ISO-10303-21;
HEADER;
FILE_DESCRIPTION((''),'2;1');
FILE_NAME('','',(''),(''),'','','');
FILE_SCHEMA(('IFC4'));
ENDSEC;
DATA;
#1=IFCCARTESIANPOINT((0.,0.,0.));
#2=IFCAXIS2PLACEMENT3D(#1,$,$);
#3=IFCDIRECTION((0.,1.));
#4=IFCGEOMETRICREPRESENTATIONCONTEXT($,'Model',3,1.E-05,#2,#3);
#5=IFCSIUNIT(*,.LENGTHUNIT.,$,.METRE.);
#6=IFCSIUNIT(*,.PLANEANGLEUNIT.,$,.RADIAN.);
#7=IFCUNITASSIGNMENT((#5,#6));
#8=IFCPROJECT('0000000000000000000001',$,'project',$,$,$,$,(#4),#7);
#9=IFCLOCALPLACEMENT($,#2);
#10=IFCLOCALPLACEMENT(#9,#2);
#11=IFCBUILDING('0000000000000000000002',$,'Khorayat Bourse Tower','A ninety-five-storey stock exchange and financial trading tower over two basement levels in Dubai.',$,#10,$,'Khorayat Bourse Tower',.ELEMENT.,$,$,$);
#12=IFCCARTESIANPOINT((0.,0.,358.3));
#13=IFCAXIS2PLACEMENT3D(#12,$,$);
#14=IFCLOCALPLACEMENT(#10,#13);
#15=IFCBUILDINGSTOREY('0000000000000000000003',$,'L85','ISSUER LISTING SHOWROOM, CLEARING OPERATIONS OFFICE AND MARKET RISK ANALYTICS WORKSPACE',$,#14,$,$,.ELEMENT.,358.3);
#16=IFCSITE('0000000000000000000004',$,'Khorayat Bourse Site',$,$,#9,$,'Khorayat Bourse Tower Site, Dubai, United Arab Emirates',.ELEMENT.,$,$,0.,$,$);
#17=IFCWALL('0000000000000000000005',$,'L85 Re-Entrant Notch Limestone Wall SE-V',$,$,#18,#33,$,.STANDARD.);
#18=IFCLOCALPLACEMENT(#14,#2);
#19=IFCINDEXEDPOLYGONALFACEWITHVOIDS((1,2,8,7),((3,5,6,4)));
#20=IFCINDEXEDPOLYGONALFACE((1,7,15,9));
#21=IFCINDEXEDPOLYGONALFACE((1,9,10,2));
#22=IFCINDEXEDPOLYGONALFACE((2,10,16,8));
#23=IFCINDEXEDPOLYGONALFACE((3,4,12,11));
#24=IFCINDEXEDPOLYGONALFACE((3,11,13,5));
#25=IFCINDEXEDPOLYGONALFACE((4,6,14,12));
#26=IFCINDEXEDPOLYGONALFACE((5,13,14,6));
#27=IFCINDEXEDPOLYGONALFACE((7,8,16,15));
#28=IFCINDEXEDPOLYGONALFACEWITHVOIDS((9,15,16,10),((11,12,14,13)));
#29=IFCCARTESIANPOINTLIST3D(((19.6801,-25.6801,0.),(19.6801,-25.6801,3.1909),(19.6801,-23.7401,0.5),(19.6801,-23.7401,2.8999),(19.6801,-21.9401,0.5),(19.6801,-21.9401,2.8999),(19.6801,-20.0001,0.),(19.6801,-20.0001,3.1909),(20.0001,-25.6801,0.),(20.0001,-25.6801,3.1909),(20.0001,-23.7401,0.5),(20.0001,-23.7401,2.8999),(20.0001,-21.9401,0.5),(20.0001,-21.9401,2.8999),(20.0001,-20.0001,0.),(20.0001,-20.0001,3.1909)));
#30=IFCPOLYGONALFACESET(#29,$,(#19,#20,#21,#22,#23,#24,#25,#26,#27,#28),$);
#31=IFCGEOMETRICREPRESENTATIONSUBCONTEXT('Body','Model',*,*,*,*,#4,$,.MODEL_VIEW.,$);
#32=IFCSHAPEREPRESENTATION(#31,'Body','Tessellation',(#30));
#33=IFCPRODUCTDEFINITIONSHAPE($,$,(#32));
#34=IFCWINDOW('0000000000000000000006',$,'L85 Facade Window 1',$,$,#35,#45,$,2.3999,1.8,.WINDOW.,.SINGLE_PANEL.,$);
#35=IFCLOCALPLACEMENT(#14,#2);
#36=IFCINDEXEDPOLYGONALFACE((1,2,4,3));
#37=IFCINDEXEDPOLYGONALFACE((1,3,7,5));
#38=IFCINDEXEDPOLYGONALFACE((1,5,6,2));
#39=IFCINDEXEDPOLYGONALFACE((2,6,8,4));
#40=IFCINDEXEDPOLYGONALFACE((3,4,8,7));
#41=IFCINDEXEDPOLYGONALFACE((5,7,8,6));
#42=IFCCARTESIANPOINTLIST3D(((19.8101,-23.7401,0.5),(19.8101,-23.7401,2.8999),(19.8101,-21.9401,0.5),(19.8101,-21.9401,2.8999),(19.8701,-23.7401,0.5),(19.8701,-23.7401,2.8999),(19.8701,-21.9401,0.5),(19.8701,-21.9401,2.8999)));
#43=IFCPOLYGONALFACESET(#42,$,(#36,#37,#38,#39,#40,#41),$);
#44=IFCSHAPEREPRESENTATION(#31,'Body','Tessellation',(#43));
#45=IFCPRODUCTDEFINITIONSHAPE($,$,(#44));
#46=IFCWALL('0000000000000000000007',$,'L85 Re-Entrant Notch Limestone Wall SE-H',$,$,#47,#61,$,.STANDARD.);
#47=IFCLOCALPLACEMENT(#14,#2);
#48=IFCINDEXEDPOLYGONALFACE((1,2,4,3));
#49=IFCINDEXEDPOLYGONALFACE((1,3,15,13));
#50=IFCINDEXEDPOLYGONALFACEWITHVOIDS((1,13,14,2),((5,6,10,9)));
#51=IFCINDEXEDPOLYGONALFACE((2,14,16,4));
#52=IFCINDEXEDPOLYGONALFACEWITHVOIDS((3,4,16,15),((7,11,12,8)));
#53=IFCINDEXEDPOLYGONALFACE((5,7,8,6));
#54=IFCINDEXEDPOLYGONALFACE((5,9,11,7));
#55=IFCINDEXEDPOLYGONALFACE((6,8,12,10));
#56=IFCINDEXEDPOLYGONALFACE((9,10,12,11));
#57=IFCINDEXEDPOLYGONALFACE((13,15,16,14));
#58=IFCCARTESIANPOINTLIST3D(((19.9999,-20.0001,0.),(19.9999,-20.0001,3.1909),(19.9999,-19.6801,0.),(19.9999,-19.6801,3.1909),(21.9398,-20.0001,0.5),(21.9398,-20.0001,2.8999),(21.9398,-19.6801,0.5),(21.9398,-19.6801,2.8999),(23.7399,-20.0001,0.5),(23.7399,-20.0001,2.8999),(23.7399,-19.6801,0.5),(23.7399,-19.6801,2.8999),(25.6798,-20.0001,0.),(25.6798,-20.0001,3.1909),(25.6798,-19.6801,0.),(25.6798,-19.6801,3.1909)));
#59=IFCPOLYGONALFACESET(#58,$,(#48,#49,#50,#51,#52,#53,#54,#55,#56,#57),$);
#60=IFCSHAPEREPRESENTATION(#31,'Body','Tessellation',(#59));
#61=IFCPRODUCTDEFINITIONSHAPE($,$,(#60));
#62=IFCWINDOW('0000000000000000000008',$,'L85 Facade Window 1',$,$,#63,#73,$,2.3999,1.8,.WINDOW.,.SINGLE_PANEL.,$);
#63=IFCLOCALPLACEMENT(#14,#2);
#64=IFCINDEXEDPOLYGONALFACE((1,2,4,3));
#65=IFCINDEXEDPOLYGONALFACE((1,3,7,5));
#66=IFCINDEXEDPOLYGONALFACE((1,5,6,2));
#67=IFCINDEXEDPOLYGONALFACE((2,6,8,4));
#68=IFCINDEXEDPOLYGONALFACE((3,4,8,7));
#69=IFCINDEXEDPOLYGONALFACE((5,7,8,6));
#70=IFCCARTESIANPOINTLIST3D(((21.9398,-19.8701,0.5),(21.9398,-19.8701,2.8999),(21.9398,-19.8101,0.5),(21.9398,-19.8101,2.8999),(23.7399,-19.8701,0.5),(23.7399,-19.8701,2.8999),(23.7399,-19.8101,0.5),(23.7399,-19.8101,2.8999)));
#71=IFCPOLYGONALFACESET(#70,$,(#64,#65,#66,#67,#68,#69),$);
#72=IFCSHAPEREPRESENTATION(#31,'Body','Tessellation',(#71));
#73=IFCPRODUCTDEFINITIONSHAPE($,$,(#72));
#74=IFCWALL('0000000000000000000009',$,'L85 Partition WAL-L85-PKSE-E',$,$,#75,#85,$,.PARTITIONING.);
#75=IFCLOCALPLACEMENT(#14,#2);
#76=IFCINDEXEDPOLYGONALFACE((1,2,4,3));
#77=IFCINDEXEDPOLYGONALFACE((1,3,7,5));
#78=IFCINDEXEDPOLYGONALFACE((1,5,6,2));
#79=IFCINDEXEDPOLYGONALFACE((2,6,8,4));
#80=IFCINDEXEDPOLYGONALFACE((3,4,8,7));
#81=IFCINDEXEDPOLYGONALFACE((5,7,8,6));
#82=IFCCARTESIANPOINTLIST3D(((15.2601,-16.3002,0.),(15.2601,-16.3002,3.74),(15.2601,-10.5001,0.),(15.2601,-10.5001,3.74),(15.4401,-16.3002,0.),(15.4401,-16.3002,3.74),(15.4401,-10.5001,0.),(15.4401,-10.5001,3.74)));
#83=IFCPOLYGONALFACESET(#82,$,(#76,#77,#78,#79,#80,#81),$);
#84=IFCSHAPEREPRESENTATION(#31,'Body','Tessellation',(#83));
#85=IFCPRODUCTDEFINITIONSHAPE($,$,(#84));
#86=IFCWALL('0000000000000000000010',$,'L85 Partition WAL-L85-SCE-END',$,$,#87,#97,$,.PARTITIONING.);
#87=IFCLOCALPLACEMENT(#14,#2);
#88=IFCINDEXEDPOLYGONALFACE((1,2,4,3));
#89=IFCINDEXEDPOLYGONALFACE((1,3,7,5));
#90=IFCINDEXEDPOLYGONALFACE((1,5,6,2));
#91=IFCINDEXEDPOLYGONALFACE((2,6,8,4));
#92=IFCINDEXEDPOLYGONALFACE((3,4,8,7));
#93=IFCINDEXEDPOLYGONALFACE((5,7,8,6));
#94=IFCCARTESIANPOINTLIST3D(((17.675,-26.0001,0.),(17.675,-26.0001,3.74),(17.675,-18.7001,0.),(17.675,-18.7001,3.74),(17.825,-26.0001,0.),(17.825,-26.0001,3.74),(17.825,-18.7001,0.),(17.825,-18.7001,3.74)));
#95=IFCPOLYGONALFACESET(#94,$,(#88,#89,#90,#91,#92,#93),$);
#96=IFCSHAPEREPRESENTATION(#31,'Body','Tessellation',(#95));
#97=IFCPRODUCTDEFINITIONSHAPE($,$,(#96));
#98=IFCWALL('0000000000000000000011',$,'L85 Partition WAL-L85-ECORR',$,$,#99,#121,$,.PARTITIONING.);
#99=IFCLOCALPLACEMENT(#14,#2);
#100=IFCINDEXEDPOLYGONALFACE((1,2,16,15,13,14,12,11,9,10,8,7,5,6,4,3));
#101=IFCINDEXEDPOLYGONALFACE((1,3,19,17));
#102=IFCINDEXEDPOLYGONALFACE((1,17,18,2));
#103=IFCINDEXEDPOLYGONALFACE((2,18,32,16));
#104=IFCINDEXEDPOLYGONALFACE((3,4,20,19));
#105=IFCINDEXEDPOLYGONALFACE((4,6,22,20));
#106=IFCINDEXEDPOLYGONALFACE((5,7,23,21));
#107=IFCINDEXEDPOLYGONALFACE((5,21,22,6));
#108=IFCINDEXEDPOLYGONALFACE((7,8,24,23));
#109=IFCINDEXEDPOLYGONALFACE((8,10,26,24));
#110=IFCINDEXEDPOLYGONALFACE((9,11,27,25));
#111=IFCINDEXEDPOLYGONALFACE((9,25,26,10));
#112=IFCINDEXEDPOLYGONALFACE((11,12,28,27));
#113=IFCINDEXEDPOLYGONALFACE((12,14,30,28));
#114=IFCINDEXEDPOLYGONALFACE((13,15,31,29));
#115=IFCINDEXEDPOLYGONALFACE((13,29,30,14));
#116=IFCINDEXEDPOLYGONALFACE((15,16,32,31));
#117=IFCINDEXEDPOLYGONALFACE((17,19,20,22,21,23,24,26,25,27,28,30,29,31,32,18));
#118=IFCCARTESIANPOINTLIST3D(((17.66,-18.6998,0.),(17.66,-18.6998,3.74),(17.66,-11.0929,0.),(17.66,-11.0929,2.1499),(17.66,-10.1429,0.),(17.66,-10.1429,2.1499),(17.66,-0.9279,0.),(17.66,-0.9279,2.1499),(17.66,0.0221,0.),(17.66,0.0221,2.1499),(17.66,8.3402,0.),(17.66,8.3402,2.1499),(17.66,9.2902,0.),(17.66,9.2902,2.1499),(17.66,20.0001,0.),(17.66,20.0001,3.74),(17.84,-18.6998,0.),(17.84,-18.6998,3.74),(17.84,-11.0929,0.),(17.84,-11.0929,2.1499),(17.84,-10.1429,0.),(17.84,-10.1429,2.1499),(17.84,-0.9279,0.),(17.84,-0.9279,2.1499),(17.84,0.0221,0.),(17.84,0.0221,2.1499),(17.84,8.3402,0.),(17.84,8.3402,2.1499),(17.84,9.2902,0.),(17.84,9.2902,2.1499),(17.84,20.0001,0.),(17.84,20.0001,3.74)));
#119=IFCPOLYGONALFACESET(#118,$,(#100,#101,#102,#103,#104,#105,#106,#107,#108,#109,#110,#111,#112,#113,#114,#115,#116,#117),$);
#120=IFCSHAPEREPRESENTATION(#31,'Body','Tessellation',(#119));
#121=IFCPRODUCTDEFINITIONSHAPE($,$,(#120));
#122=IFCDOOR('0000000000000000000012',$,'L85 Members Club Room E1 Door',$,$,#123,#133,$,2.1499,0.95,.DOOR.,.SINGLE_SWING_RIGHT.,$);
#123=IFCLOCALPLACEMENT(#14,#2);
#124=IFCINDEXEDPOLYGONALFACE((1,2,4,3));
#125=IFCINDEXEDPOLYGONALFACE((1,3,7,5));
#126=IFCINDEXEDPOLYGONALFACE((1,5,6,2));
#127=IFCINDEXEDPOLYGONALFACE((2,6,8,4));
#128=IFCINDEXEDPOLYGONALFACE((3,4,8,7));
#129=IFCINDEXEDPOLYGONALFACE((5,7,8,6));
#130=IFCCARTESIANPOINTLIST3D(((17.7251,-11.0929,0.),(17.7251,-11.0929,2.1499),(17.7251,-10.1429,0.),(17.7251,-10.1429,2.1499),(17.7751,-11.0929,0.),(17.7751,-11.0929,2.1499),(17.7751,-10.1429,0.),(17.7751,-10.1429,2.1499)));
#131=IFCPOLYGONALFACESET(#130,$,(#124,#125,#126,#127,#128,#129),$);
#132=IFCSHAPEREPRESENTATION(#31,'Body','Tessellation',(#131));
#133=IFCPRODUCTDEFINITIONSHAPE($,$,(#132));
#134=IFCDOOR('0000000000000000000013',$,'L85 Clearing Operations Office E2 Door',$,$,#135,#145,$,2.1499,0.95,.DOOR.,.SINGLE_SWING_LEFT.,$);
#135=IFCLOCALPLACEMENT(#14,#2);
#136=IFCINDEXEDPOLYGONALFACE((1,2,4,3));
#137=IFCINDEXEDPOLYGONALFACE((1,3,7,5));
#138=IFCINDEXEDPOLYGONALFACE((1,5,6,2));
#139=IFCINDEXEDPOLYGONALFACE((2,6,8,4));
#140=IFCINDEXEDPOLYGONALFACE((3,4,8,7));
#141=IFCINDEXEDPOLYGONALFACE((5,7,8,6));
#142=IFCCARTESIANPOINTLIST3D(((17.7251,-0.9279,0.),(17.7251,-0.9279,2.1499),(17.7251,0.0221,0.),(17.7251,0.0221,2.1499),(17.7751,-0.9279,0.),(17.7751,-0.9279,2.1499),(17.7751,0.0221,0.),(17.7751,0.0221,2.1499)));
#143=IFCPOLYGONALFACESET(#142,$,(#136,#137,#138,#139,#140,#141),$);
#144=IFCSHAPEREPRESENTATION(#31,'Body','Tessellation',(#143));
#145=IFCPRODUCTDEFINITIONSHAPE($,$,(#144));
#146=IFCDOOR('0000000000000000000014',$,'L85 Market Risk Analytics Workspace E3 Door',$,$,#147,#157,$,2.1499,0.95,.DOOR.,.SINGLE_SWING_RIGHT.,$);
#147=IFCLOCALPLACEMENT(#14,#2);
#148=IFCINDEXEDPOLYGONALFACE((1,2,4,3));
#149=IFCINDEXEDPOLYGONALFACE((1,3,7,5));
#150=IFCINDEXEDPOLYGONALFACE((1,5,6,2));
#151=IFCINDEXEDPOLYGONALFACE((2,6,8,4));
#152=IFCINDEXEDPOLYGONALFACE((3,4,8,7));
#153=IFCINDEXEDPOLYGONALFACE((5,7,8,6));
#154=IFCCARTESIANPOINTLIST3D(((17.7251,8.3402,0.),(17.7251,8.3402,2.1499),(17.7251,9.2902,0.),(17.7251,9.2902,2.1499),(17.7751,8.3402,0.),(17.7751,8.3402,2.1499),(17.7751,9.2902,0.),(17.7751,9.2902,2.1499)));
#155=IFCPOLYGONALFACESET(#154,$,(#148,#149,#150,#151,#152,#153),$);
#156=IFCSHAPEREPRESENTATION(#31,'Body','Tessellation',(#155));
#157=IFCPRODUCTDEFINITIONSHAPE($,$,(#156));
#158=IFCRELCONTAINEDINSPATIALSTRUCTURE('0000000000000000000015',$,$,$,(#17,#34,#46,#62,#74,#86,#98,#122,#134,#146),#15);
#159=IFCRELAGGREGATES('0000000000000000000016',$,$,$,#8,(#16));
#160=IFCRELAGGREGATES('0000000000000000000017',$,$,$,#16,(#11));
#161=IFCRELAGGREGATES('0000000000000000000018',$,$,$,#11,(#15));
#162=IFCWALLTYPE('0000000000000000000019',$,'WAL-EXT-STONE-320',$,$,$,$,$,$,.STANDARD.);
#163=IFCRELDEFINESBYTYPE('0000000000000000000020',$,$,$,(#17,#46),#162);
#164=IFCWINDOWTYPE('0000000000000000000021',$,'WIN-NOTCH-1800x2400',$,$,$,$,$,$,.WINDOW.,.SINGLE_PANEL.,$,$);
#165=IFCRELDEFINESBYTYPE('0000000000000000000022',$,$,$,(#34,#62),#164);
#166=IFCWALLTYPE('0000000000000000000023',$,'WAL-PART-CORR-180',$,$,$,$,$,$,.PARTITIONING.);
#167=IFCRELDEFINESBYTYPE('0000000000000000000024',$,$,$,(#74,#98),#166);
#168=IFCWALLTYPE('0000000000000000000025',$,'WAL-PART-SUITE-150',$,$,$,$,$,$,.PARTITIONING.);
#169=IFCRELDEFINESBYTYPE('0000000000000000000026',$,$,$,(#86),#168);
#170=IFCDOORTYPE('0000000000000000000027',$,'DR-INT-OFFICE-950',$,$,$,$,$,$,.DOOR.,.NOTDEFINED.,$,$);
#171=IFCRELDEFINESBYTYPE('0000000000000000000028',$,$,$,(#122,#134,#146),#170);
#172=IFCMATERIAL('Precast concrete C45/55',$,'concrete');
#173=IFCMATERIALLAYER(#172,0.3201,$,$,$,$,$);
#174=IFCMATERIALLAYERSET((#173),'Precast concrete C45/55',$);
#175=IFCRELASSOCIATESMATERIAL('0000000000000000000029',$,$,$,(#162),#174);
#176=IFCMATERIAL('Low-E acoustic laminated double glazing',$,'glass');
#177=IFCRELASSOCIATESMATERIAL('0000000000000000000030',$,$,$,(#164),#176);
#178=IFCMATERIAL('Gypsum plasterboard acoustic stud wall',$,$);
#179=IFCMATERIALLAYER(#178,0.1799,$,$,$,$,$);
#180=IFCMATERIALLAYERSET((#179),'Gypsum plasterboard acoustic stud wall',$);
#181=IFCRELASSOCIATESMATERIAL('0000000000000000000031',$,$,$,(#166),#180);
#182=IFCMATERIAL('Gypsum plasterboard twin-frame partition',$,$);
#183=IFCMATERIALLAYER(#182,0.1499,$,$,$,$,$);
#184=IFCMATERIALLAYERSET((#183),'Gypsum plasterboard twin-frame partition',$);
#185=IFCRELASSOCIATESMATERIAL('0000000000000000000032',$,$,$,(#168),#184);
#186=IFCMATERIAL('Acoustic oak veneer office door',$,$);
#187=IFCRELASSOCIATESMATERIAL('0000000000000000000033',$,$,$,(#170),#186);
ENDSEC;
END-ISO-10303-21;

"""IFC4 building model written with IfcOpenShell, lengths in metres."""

from ifc_helpers import new_model, si_unit, direction, frame, frame_2d, origin, place, context, subcontext, project, spatial, rectangle, extrude, source, transform, mapped, material, layer, layer_set, type_object, element, fill, save


model = new_model("IFC4")

# Units and contexts
model_context = context("Model", 3, precision=1e-05, world=origin(), true_north=direction((0.0, 1.0)))
body_context = subcontext(model_context, "Body", "Model", "MODEL_VIEW")
ifc_project = project(units=[si_unit("LENGTHUNIT", "METRE"), si_unit("PLANEANGLEUNIT", "RADIAN")], contexts=[model_context])

# Site, building, storey
site_placement = place(None, origin())
site = spatial("IfcSite", under=ifc_project, at=site_placement, Name="Khorayat Bourse Site", LongName="Khorayat Bourse Tower Site, Dubai, United Arab Emirates", CompositionType="ELEMENT", RefElevation=0.0)
building_placement = place(site_placement, origin())
building = spatial("IfcBuilding", under=site, at=building_placement, Name="Khorayat Bourse Tower", Description="A ninety-five-storey stock exchange and financial trading tower over two basement levels in Dubai.", LongName="Khorayat Bourse Tower", CompositionType="ELEMENT")
storey_placement = place(building_placement, frame((0.0, 0.0, 358.3)))
storey = spatial("IfcBuildingStorey", under=building, at=storey_placement, Name="L85", Description="ISSUER LISTING SHOWROOM, CLEARING OPERATIONS OFFICE AND MARKET RISK ANALYTICS WORKSPACE", CompositionType="ELEMENT", Elevation=358.3)

# Walls, openings, windows
ifc_material_1 = material(Name="Precast concrete C45/55", Category="concrete")
ifc_layer_1 = layer(ifc_material_1, 0.3201)
ifc_layer_set_1 = layer_set([ifc_layer_1], Name="Precast concrete C45/55")
wall_type_1 = type_object("IfcWallType", Name="WAL-EXT-STONE-320", PredefinedType="STANDARD", material=ifc_layer_set_1)
shared_shape_1 = source(origin(), body_context, "Body", "SweptSolid", [
    extrude(rectangle(XDim=5.6799, YDim=0.3201, at=frame_2d((2.8398, 0.0))), origin(), (0.0, 0.0, 1.0), 3.1909),
])
wall_1_placement = place(storey_placement, frame((19.8401, -25.6799, 0.0), z_axis=(0.0, 0.0, 1.0), x_axis=(0.0, 1.0, 0.0)))
wall_1 = element("IfcWall", 1, at=wall_1_placement, inside=storey, type_object=wall_type_1, Name="L85 Re-Entrant Notch Limestone Wall SE-V", PredefinedType="STANDARD", context=body_context, shape_type="MappedRepresentation", body=[
    mapped(shared_shape_1, transform((0.0, 0.0, 0.0), scale=1.0)),
])
shared_shape_2 = source(origin(), body_context, "Body", "SweptSolid", [
    extrude(rectangle(XDim=1.8, YDim=2.3999, at=frame_2d((0.8999, 1.2))), frame((0.0, 0.1699, 0.0), z_axis=(0.0, -1.0, 0.0), x_axis=(1.0, 0.0, 0.0)), (0.0, 0.0, 1.0), 0.3401),
])
opening_1_placement = place(wall_1_placement, frame((1.9399, 0.0, 0.5)))
opening_1 = element("IfcOpeningElement", 2, at=opening_1_placement, cuts=wall_1, PredefinedType="OPENING", context=body_context, shape_type="MappedRepresentation", body=[
    mapped(shared_shape_2, transform((0.0, 0.0, 0.0), scale=1.0)),
])
ifc_material_2 = material(Name="Low-E acoustic laminated double glazing", Category="glass")
window_type = type_object("IfcWindowType", Name="WIN-NOTCH-1800x2400", PartitioningType="SINGLE_PANEL", PredefinedType="WINDOW", material=ifc_material_2)
shared_shape_3 = source(origin(), body_context, "Body", "SweptSolid", [
    extrude(rectangle(XDim=1.8, YDim=2.3999, at=frame_2d((0.8999, 1.2))), frame((0.0, 0.03, 0.0), z_axis=(0.0, -1.0, 0.0), x_axis=(1.0, 0.0, 0.0)), (0.0, 0.0, 1.0), 0.0601),
])
window_1_placement = place(opening_1_placement, origin())
window_1 = element("IfcWindow", 3, at=window_1_placement, inside=storey, type_object=window_type, Name="L85 Facade Window 1", OverallHeight=2.3999, OverallWidth=1.8, PartitioningType="SINGLE_PANEL", PredefinedType="WINDOW", context=body_context, shape_type="MappedRepresentation", body=[
    mapped(shared_shape_3, transform((0.0, 0.0, 0.0), scale=1.0)),
])
fill(opening_1, window_1)
wall_2_placement = place(storey_placement, frame((20.0, -19.8401, 0.0), z_axis=(0.0, 0.0, 1.0), x_axis=(1.0, 0.0, 0.0)))
wall_2 = element("IfcWall", 4, at=wall_2_placement, inside=storey, type_object=wall_type_1, Name="L85 Re-Entrant Notch Limestone Wall SE-H", PredefinedType="STANDARD", context=body_context, shape_type="MappedRepresentation", body=[
    mapped(shared_shape_1, transform((0.0, 0.0, 0.0), scale=1.0)),
])
opening_2_placement = place(wall_2_placement, frame((1.9399, 0.0, 0.5)))
opening_2 = element("IfcOpeningElement", 5, at=opening_2_placement, cuts=wall_2, PredefinedType="OPENING", context=body_context, shape_type="MappedRepresentation", body=[
    mapped(shared_shape_2, transform((0.0, 0.0, 0.0), scale=1.0)),
])
window_2_placement = place(opening_2_placement, origin())
window_2 = element("IfcWindow", 6, at=window_2_placement, inside=storey, type_object=window_type, Name="L85 Facade Window 1", OverallHeight=2.3999, OverallWidth=1.8, PartitioningType="SINGLE_PANEL", PredefinedType="WINDOW", context=body_context, shape_type="MappedRepresentation", body=[
    mapped(shared_shape_3, transform((0.0, 0.0, 0.0), scale=1.0)),
])
fill(opening_2, window_2)

# Walls
ifc_material_3 = material(Name="Gypsum plasterboard acoustic stud wall")
ifc_layer_2 = layer(ifc_material_3, 0.1799)
ifc_layer_set_2 = layer_set([ifc_layer_2], Name="Gypsum plasterboard acoustic stud wall")
wall_type_2 = type_object("IfcWallType", Name="WAL-PART-CORR-180", PredefinedType="PARTITIONING", material=ifc_layer_set_2)
shared_shape_4 = source(origin(), body_context, "Body", "SweptSolid", [
    extrude(rectangle(XDim=5.8, YDim=0.1799, at=frame_2d((2.8999, 0.0))), origin(), (0.0, 0.0, 1.0), 3.74),
])
wall_3_placement = place(storey_placement, frame((15.3501, -16.3, 0.0), z_axis=(0.0, 0.0, 1.0), x_axis=(0.0, 1.0, 0.0)))
element("IfcWall", 7, at=wall_3_placement, inside=storey, type_object=wall_type_2, Name="L85 Partition WAL-L85-PKSE-E", PredefinedType="PARTITIONING", context=body_context, shape_type="MappedRepresentation", body=[
    mapped(shared_shape_4, transform((0.0, 0.0, 0.0), scale=1.0)),
])
ifc_material_4 = material(Name="Gypsum plasterboard twin-frame partition")
ifc_layer_3 = layer(ifc_material_4, 0.1499)
ifc_layer_set_3 = layer_set([ifc_layer_3], Name="Gypsum plasterboard twin-frame partition")
wall_type_3 = type_object("IfcWallType", Name="WAL-PART-SUITE-150", PredefinedType="PARTITIONING", material=ifc_layer_set_3)
shared_shape_5 = source(origin(), body_context, "Body", "SweptSolid", [
    extrude(rectangle(XDim=7.3, YDim=0.1499, at=frame_2d((3.6499, 0.0))), origin(), (0.0, 0.0, 1.0), 3.74),
])
wall_4_placement = place(storey_placement, frame((17.75, -26.0, 0.0), z_axis=(0.0, 0.0, 1.0), x_axis=(0.0, 1.0, 0.0)))
element("IfcWall", 8, at=wall_4_placement, inside=storey, type_object=wall_type_3, Name="L85 Partition WAL-L85-SCE-END", PredefinedType="PARTITIONING", context=body_context, shape_type="MappedRepresentation", body=[
    mapped(shared_shape_5, transform((0.0, 0.0, 0.0), scale=1.0)),
])

# Wall, openings, doors
shared_shape_6 = source(origin(), body_context, "Body", "SweptSolid", [
    extrude(rectangle(XDim=38.7, YDim=0.1799, at=frame_2d((19.3501, 0.0))), origin(), (0.0, 0.0, 1.0), 3.74),
])
wall_5_placement = place(storey_placement, frame((17.75, -18.7, 0.0), z_axis=(0.0, 0.0, 1.0), x_axis=(0.0, 1.0, 0.0)))
wall_5 = element("IfcWall", 9, at=wall_5_placement, inside=storey, type_object=wall_type_2, Name="L85 Partition WAL-L85-ECORR", PredefinedType="PARTITIONING", context=body_context, shape_type="MappedRepresentation", body=[
    mapped(shared_shape_6, transform((0.0, 0.0, 0.0), scale=1.0)),
])
shared_shape_7 = source(origin(), body_context, "Body", "SweptSolid", [
    extrude(rectangle(XDim=0.95, YDim=2.1499, at=frame_2d((0.4751, 1.075))), frame((0.0, 0.0999, 0.0), z_axis=(0.0, -1.0, 0.0), x_axis=(1.0, 0.0, 0.0)), (0.0, 0.0, 1.0), 0.2),
])
opening_3_placement = place(wall_5_placement, frame((7.6069, 0.0, 0.0)))
opening_3 = element("IfcOpeningElement", 10, at=opening_3_placement, cuts=wall_5, PredefinedType="OPENING", context=body_context, shape_type="MappedRepresentation", body=[
    mapped(shared_shape_7, transform((0.0, 0.0, 0.0), scale=1.0)),
])
opening_4_placement = place(wall_5_placement, frame((17.772, 0.0, 0.0)))
opening_4 = element("IfcOpeningElement", 11, at=opening_4_placement, cuts=wall_5, PredefinedType="OPENING", context=body_context, shape_type="MappedRepresentation", body=[
    mapped(shared_shape_7, transform((0.0, 0.0, 0.0), scale=1.0)),
])
opening_5_placement = place(wall_5_placement, frame((27.04, 0.0, 0.0)))
opening_5 = element("IfcOpeningElement", 12, at=opening_5_placement, cuts=wall_5, PredefinedType="OPENING", context=body_context, shape_type="MappedRepresentation", body=[
    mapped(shared_shape_7, transform((0.0, 0.0, 0.0), scale=1.0)),
])
ifc_material_5 = material(Name="Acoustic oak veneer office door")
door_type = type_object("IfcDoorType", Name="DR-INT-OFFICE-950", OperationType="NOTDEFINED", PredefinedType="DOOR", material=ifc_material_5)
shared_shape_8 = source(origin(), body_context, "Body", "SweptSolid", [
    extrude(rectangle(XDim=0.95, YDim=2.1499, at=frame_2d((0.4751, 1.075))), frame((0.0, 0.0249, 0.0), z_axis=(0.0, -1.0, 0.0), x_axis=(1.0, 0.0, 0.0)), (0.0, 0.0, 1.0), 0.05),
])
door_1_placement = place(opening_3_placement, origin())
door_1 = element("IfcDoor", 13, at=door_1_placement, inside=storey, type_object=door_type, Name="L85 Members Club Room E1 Door", OperationType="SINGLE_SWING_RIGHT", OverallHeight=2.1499, OverallWidth=0.95, PredefinedType="DOOR", context=body_context, shape_type="MappedRepresentation", body=[
    mapped(shared_shape_8, transform((0.0, 0.0, 0.0), scale=1.0)),
])
fill(opening_3, door_1)
door_2_placement = place(opening_4_placement, origin())
door_2 = element("IfcDoor", 14, at=door_2_placement, inside=storey, type_object=door_type, Name="L85 Clearing Operations Office E2 Door", OperationType="SINGLE_SWING_LEFT", OverallHeight=2.1499, OverallWidth=0.95, PredefinedType="DOOR", context=body_context, shape_type="MappedRepresentation", body=[
    mapped(shared_shape_8, transform((0.0, 0.0, 0.0), scale=1.0)),
])
fill(opening_4, door_2)
door_3_placement = place(opening_5_placement, origin())
door_3 = element("IfcDoor", 15, at=door_3_placement, inside=storey, type_object=door_type, Name="L85 Market Risk Analytics Workspace E3 Door", OperationType="SINGLE_SWING_RIGHT", OverallHeight=2.1499, OverallWidth=0.95, PredefinedType="DOOR", context=body_context, shape_type="MappedRepresentation", body=[
    mapped(shared_shape_8, transform((0.0, 0.0, 0.0), scale=1.0)),
])
fill(opening_5, door_3)

save(model, "model.ifc")
